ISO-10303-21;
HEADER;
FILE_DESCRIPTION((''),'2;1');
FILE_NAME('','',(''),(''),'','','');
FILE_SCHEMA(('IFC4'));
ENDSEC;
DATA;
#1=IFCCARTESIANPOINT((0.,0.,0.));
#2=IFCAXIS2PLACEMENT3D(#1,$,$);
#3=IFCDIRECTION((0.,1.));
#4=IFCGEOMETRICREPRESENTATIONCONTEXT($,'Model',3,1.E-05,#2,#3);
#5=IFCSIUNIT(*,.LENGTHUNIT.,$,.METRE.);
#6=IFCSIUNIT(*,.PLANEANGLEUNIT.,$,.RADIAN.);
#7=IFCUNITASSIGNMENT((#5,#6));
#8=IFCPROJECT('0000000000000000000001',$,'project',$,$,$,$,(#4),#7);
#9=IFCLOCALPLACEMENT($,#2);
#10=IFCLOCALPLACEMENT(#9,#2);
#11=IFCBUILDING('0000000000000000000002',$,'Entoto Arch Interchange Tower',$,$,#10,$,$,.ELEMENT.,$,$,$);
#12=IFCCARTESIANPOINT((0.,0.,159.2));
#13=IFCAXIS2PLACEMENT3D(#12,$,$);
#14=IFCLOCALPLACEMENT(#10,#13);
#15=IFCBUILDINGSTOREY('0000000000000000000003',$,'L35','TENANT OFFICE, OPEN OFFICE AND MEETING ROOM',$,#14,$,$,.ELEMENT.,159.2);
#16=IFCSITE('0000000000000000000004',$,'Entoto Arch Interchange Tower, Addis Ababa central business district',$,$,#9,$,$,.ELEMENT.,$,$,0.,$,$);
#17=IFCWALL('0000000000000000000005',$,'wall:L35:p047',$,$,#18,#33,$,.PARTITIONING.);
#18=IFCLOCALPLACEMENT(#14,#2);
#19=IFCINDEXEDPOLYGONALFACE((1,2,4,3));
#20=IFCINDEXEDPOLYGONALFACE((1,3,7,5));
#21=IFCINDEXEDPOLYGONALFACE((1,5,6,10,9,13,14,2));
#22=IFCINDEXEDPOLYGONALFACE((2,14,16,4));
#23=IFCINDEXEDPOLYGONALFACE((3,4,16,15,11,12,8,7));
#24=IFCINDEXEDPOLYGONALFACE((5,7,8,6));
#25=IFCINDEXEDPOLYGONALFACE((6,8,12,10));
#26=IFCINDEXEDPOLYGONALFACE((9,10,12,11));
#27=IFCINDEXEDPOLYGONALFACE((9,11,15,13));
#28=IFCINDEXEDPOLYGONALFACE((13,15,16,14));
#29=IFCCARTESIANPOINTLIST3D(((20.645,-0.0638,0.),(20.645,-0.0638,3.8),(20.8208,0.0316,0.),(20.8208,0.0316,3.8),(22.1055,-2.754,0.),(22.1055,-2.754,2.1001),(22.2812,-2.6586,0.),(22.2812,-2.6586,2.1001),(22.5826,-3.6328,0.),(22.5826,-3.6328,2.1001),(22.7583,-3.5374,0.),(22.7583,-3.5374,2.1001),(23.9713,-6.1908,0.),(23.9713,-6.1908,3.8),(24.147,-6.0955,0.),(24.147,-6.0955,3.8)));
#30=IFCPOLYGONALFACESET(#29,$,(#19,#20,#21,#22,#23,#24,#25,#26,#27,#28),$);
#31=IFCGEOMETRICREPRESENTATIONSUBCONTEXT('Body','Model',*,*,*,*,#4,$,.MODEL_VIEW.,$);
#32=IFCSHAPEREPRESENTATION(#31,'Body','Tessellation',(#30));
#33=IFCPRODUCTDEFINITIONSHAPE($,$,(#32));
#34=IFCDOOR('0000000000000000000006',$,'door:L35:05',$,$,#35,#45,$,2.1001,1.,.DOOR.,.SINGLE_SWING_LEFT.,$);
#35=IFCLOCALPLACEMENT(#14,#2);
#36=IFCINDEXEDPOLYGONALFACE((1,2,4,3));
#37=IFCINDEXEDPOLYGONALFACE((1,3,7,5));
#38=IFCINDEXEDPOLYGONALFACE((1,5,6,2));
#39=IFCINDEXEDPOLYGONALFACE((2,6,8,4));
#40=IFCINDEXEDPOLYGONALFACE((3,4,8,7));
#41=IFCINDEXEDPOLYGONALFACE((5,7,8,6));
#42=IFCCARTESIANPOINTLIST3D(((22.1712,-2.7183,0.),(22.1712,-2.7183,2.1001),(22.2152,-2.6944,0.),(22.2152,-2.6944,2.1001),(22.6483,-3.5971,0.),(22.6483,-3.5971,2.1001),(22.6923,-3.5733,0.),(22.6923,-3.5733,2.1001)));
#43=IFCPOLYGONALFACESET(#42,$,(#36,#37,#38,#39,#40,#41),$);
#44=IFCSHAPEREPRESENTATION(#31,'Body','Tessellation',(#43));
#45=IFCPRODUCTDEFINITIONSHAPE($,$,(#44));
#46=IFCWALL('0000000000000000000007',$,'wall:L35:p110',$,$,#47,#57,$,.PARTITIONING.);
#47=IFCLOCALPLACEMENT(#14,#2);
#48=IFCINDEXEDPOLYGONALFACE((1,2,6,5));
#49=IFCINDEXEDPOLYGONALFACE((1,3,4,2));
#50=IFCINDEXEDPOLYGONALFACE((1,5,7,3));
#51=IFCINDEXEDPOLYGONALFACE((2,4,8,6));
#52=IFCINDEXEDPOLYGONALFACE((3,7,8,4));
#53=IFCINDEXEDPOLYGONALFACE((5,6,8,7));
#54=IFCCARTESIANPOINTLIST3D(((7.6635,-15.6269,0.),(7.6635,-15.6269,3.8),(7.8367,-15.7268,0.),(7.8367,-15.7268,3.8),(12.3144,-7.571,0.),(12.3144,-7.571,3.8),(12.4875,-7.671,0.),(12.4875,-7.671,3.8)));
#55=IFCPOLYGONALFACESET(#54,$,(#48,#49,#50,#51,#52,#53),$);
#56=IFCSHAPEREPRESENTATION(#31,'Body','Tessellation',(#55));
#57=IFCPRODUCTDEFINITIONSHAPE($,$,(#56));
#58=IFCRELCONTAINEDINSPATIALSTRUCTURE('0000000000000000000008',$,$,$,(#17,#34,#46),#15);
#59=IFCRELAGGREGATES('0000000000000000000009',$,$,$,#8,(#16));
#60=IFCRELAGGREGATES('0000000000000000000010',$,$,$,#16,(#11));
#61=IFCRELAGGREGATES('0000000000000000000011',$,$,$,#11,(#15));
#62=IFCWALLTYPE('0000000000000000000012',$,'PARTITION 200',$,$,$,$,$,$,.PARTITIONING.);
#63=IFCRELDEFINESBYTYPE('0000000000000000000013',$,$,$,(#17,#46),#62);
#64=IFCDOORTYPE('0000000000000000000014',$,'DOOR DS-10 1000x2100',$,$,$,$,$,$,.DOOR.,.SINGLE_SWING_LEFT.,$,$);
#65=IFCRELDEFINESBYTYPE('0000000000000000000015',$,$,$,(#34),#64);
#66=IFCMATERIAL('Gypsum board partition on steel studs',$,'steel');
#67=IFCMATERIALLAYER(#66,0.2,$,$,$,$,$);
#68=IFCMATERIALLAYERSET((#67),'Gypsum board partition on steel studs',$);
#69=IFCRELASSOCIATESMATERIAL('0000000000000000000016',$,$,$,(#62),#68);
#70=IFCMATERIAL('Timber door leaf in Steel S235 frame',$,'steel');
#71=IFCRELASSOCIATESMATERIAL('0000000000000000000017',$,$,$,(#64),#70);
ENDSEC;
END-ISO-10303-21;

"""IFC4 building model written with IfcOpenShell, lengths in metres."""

from ifc_helpers import new_model, si_unit, direction, frame, frame_2d, origin, place, context, subcontext, project, spatial, rectangle, extrude, material, layer, layer_set, type_object, element, fill, save


model = new_model("IFC4")

# Units and contexts
model_context = context("Model", 3, precision=1e-05, world=origin(), true_north=direction((0.0, 1.0)))
body_context = subcontext(model_context, "Body", "Model", "MODEL_VIEW")
ifc_project = project(units=[si_unit("LENGTHUNIT", "METRE"), si_unit("PLANEANGLEUNIT", "RADIAN")], contexts=[model_context])

# Site, building, storey
site_placement = place(None, origin())
site = spatial("IfcSite", under=ifc_project, at=site_placement, Name="Entoto Arch Interchange Tower, Addis Ababa central business district", CompositionType="ELEMENT", RefElevation=0.0)
building_placement = place(site_placement, origin())
building = spatial("IfcBuilding", under=site, at=building_placement, Name="Entoto Arch Interchange Tower", CompositionType="ELEMENT")
storey_placement = place(building_placement, frame((0.0, 0.0, 159.2)))
storey = spatial("IfcBuildingStorey", under=building, at=storey_placement, Name="L35", Description="TENANT OFFICE, OPEN OFFICE AND MEETING ROOM", CompositionType="ELEMENT", Elevation=159.2)

# Shared definitions
ifc_material_1 = material(Name="Gypsum board partition on steel studs", Category="steel")
ifc_layer_1 = layer(ifc_material_1, 0.2)
ifc_layer_set_1 = layer_set([ifc_layer_1], Name="Gypsum board partition on steel studs")
wall_type_1 = type_object("IfcWallType", Name="PARTITION 200", PredefinedType="PARTITIONING", material=ifc_layer_set_1)

# Wall, opening, door
ifc_material_2 = material(Name="Timber door leaf in Steel S235 frame", Category="steel")
door_type_1 = type_object("IfcDoorType", Name="DOOR DS-10 1000x2100", OperationType="SINGLE_SWING_LEFT", PredefinedType="DOOR", material=ifc_material_2)
wall_1_placement = place(storey_placement, frame((20.7329, -0.0161, 0.0), z_axis=(0.0, 0.0, 1.0), x_axis=(0.477104, -0.878847, 0.0)))
wall_1 = element("IfcWall", 1, at=wall_1_placement, inside=storey, type_object=wall_type_1, Name="wall:L35:p047", PredefinedType="PARTITIONING", context=body_context, shape_type="SweptSolid", body=[
    extrude(rectangle(XDim=6.9717, YDim=0.2, at=frame_2d((3.4858, 0.0))), origin(), (0.0, 0.0, 1.0), 3.8),
])
opening_1_placement = place(wall_1_placement, frame((3.061, 0.0, 0.0)))
opening_1 = element("IfcOpeningElement", 2, at=opening_1_placement, cuts=wall_1, PredefinedType="OPENING", context=body_context, shape_type="SweptSolid", body=[
    extrude(rectangle(XDim=1.0, YDim=2.1001, at=frame_2d((0.5, 1.05))), frame((0.0, 0.1099, 0.0), z_axis=(0.0, -1.0, 0.0), x_axis=(1.0, 0.0, 0.0)), (0.0, 0.0, 1.0), 0.22),
])
door_1_placement = place(opening_1_placement, origin())
door_1 = element("IfcDoor", 3, at=door_1_placement, inside=storey, type_object=door_type_1, Name="door:L35:05", OperationType="SINGLE_SWING_LEFT", OverallHeight=2.1001, OverallWidth=1.0, PredefinedType="DOOR", context=body_context, shape_type="SweptSolid", body=[
    extrude(rectangle(XDim=1.0, YDim=2.1001, at=frame_2d((0.5, 1.05))), frame((0.0, 0.0249, 0.0), z_axis=(0.0, -1.0, 0.0), x_axis=(1.0, 0.0, 0.0)), (0.0, 0.0, 1.0), 0.05),
])
fill(opening_1, door_1)

# Wall
wall_2_placement = place(storey_placement, frame((12.4009, -7.6211, 0.0), z_axis=(0.0, 0.0, 1.0), x_axis=(-0.499984, -0.866035, 0.0)))
element("IfcWall", 4, at=wall_2_placement, inside=storey, type_object=wall_type_1, Name="wall:L35:p110", PredefinedType="PARTITIONING", context=body_context, shape_type="SweptSolid", body=[
    extrude(rectangle(XDim=9.302, YDim=0.2, at=frame_2d((4.6509, 0.0))), origin(), (0.0, 0.0, 1.0), 3.8),
])

save(model, "model.ifc")
